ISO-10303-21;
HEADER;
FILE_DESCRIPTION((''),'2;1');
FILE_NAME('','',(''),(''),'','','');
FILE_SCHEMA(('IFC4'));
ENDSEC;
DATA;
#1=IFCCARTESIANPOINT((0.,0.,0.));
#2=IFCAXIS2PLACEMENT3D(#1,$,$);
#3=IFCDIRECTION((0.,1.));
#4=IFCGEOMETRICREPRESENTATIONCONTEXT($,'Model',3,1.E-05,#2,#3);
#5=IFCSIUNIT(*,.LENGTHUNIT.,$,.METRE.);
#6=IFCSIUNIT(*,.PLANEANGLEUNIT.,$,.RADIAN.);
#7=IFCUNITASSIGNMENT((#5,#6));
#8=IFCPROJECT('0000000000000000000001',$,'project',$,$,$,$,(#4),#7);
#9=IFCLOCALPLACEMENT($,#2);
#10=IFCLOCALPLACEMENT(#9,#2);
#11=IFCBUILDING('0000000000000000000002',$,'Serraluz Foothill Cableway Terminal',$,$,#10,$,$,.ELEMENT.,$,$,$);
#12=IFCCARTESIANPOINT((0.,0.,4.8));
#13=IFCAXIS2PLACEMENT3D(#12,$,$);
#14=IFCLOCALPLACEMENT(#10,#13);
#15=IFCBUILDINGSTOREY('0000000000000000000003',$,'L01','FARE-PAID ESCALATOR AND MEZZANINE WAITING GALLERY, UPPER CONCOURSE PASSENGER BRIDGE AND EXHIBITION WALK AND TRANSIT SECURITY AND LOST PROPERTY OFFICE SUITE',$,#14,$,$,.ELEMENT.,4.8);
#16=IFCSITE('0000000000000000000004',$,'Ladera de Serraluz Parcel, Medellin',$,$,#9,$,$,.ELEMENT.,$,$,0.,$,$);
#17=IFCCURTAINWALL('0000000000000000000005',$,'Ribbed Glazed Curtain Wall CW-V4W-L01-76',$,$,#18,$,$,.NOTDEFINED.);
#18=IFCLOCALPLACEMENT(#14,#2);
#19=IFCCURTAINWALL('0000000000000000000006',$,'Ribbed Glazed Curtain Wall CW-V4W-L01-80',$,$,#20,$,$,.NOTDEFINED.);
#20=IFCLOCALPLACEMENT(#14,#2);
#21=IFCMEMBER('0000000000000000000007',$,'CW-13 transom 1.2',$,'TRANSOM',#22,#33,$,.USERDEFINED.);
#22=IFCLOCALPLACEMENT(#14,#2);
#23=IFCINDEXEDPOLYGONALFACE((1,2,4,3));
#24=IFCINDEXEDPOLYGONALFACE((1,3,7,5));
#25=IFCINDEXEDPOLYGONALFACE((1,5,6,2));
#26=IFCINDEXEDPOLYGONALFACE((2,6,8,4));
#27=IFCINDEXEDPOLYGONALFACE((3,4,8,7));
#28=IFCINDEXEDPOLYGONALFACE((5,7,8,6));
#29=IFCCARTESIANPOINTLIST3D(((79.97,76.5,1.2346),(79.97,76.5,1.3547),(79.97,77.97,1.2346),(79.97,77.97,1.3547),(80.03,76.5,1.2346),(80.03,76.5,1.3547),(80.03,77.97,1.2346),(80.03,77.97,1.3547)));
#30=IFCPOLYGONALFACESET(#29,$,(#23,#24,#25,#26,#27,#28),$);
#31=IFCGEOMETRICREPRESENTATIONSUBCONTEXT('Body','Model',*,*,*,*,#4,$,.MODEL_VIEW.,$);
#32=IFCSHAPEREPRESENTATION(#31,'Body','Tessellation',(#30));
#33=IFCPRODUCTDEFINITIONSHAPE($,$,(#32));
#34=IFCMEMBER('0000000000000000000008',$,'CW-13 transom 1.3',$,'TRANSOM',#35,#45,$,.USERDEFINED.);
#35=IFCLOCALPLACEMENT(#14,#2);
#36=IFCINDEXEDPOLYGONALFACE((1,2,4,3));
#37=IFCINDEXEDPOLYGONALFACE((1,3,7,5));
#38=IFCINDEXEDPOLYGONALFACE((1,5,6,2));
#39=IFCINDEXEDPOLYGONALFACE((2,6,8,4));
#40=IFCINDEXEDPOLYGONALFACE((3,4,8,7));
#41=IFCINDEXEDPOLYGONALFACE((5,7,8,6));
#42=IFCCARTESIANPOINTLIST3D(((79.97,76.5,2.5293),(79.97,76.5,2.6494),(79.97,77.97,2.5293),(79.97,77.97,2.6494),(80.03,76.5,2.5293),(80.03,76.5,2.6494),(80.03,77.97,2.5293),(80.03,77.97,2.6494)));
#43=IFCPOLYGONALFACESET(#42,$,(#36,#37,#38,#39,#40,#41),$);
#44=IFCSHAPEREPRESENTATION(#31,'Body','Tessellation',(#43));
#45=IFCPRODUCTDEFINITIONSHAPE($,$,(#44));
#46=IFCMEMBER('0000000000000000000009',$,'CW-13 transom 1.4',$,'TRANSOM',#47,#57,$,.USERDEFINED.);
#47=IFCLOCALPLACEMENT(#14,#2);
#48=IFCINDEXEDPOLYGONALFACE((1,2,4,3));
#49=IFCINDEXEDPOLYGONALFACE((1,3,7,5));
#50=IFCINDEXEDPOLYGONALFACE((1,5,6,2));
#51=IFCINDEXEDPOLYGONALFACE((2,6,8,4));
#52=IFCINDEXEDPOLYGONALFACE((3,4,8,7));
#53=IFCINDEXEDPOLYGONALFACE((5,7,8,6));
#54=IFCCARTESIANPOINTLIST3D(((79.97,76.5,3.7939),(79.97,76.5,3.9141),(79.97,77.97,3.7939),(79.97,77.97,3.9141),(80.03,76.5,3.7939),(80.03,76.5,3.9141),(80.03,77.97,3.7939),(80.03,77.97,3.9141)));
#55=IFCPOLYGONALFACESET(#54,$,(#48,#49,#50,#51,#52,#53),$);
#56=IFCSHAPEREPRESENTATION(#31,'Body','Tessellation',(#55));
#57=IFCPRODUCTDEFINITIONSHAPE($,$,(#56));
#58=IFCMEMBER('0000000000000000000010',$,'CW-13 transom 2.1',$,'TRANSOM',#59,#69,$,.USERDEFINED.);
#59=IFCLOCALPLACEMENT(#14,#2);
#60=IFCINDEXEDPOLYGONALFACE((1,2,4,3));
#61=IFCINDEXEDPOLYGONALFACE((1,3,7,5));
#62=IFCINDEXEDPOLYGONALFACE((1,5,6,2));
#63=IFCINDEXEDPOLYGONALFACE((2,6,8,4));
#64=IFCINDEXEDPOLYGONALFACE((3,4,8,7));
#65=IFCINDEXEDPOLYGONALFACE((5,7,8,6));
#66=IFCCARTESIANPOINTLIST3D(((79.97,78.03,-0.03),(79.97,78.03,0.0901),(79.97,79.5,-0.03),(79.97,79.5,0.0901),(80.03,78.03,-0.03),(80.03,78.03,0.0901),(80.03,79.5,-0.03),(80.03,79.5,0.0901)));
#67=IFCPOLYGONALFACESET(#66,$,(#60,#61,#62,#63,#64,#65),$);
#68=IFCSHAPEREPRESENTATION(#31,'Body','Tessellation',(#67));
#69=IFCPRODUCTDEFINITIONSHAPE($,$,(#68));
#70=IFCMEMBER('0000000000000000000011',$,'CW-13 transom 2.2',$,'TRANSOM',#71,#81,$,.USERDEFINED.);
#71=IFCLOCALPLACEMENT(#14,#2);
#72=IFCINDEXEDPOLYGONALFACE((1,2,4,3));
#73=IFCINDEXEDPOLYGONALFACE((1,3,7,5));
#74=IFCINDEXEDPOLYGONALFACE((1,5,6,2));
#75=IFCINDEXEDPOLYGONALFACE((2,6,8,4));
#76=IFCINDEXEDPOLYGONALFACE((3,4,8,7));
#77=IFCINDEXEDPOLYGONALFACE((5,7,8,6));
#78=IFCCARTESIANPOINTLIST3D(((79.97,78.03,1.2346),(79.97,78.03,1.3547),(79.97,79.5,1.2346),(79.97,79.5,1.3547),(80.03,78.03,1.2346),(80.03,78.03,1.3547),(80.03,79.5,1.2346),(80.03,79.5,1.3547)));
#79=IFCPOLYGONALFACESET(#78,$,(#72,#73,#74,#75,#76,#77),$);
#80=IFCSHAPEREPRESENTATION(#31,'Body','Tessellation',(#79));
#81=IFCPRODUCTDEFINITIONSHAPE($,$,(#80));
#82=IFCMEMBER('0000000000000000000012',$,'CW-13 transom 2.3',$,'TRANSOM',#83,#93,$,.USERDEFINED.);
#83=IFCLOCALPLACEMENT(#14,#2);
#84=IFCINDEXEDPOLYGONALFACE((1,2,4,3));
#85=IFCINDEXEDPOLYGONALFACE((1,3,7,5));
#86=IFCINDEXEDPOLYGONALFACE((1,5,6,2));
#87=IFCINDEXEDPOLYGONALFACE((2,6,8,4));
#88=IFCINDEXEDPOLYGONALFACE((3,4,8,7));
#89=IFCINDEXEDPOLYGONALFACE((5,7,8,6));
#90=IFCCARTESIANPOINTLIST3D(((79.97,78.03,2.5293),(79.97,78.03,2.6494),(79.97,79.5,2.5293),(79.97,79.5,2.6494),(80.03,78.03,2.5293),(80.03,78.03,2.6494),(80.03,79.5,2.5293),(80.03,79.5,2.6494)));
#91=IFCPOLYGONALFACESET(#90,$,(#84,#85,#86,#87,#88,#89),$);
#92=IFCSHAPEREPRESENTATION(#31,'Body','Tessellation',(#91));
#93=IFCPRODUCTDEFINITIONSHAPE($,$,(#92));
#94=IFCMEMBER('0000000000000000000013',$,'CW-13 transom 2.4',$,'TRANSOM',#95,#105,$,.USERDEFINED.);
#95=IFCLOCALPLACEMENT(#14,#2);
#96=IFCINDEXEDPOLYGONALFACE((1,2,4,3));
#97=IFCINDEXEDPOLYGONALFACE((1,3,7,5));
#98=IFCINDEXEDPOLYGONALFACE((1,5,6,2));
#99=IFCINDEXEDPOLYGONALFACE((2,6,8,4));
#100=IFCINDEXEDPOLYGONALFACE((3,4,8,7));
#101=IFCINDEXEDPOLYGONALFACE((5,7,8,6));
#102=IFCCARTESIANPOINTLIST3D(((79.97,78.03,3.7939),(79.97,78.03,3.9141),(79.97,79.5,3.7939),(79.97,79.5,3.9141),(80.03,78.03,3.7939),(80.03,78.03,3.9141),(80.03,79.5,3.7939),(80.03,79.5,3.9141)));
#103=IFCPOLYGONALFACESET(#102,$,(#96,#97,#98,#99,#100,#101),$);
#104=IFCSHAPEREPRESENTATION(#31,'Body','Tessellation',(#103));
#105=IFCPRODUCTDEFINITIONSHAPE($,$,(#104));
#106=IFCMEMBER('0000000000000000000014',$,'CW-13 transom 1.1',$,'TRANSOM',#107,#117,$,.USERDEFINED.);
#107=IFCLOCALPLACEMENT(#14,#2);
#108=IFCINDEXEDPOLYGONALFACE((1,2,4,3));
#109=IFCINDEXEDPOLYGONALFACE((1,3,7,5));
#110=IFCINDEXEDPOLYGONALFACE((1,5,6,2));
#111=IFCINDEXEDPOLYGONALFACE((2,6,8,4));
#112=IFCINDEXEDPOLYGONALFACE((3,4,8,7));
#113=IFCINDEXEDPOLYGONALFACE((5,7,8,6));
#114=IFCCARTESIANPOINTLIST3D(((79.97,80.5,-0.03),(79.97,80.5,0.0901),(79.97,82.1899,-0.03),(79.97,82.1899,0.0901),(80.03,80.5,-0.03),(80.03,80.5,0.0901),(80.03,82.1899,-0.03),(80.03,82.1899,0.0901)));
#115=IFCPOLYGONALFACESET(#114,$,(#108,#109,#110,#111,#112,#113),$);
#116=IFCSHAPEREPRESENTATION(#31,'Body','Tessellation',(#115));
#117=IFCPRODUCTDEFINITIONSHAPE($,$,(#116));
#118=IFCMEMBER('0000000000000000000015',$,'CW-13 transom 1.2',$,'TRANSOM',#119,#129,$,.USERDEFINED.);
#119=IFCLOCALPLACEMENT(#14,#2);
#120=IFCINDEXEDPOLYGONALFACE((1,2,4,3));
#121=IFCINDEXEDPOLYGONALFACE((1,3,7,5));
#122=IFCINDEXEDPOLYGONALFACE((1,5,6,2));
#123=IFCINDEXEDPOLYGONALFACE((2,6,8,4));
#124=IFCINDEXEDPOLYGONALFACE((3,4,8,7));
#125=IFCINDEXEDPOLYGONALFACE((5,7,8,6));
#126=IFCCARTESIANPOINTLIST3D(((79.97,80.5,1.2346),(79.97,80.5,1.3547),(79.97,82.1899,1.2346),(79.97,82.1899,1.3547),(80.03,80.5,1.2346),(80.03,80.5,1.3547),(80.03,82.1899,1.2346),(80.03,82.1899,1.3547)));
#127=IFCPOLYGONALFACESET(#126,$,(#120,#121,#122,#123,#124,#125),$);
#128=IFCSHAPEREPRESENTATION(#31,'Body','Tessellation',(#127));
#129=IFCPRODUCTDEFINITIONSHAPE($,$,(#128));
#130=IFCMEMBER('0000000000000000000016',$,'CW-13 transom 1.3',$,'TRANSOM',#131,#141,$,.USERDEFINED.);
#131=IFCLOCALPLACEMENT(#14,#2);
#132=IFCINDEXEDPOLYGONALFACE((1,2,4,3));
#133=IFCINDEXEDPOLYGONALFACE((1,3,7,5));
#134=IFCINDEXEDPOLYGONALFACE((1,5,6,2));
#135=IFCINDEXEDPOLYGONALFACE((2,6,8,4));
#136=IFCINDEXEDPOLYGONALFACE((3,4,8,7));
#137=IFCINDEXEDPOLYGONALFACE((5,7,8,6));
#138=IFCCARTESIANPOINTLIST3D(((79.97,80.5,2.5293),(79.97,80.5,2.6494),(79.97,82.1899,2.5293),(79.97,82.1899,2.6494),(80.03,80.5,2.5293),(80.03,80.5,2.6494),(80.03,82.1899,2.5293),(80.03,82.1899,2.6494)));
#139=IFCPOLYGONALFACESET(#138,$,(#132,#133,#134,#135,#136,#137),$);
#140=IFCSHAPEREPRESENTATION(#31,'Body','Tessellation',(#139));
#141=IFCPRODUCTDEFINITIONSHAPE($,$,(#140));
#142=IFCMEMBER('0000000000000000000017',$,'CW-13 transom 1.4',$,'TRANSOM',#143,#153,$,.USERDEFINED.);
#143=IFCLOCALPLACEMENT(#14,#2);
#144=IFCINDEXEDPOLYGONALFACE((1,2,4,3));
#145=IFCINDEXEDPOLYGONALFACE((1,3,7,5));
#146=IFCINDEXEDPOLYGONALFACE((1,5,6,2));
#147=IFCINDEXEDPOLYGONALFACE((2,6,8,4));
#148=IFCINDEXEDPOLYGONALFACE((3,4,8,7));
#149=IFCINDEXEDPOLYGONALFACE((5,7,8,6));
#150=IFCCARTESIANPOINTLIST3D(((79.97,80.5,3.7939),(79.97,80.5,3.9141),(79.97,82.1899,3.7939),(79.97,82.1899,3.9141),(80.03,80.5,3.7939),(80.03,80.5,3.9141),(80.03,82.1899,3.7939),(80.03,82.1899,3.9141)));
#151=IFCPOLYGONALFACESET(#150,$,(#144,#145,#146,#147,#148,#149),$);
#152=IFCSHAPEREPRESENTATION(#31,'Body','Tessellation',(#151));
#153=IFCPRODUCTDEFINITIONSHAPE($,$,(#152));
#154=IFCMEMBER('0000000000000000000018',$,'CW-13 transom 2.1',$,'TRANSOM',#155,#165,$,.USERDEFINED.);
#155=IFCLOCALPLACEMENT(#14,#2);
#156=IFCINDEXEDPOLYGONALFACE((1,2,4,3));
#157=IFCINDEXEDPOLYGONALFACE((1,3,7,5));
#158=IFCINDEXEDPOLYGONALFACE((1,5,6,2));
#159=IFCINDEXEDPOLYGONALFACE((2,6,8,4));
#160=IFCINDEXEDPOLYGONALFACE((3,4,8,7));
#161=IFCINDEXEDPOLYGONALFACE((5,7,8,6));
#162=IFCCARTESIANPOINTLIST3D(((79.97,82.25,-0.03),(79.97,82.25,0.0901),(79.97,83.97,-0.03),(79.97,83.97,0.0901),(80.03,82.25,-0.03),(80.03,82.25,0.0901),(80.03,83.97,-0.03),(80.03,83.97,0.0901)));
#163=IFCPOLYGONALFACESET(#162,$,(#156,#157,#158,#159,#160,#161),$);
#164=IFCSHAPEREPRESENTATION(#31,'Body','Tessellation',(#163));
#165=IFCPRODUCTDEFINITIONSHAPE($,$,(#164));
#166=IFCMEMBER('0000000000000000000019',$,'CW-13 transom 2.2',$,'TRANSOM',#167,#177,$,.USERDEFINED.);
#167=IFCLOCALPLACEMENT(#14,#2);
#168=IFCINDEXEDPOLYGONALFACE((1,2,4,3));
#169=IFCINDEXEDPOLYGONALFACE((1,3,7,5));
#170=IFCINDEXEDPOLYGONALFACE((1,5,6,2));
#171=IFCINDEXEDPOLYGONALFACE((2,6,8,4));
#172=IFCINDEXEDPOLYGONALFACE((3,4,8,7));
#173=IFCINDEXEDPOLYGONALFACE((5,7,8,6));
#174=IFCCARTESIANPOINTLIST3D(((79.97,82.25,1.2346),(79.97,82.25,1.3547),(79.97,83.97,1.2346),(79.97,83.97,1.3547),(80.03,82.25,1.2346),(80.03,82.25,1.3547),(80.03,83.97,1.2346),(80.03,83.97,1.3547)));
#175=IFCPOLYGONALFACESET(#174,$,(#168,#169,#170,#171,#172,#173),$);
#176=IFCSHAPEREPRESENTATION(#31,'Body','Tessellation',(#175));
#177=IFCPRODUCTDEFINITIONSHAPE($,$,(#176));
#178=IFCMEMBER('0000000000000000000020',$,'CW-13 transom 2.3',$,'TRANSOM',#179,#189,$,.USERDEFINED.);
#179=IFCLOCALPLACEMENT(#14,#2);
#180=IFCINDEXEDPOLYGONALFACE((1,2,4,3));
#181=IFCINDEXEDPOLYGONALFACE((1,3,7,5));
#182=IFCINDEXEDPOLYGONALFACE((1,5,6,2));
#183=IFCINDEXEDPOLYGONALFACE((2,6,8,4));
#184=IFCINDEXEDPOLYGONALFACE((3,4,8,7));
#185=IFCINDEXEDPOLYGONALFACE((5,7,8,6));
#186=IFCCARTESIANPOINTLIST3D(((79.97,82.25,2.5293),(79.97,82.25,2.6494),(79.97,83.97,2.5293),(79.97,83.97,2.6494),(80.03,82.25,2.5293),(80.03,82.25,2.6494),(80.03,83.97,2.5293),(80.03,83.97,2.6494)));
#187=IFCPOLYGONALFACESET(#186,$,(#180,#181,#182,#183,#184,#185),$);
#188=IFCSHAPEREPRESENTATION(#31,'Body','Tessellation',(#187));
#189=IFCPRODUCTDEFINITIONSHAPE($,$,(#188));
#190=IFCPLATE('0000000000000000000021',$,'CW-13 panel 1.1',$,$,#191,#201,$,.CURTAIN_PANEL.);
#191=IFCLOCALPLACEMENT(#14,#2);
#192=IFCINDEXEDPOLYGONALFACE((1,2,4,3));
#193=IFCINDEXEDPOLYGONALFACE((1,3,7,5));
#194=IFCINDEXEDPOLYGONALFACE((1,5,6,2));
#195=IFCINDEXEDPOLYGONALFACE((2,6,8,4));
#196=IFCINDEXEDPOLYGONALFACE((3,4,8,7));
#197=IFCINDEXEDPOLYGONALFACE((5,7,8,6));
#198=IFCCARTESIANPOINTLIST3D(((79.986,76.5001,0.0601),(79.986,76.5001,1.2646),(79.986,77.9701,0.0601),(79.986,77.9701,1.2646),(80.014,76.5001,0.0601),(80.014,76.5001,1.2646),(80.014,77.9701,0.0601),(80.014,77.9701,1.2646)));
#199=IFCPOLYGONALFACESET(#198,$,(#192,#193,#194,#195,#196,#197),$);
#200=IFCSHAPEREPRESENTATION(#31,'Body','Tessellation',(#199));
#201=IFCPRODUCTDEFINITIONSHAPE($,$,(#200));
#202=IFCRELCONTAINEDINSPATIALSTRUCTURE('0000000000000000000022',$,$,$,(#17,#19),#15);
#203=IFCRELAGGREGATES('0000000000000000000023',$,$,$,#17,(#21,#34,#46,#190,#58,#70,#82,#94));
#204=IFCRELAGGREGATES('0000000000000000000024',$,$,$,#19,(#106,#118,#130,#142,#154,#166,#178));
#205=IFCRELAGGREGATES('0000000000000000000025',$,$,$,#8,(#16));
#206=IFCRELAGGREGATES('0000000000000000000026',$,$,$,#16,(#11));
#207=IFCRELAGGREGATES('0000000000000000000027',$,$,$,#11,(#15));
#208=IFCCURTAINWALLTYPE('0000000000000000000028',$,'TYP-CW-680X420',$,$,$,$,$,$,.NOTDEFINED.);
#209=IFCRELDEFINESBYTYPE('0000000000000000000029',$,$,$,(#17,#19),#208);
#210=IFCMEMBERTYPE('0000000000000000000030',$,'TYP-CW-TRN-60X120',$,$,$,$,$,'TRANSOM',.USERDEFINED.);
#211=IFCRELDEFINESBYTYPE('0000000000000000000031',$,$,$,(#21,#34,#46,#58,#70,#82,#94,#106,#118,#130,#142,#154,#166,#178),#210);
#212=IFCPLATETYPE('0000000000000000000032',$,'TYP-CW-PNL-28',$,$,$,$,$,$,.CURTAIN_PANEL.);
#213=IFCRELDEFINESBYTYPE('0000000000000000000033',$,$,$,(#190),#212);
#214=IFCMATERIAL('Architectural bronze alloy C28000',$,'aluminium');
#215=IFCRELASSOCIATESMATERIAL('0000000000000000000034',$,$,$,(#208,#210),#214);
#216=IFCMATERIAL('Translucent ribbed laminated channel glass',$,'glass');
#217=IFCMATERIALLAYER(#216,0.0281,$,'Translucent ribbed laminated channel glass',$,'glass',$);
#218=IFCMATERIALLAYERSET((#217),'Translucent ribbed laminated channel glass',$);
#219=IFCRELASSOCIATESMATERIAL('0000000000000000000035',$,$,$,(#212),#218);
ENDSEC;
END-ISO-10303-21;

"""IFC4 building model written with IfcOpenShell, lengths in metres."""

from ifc_helpers import new_model, si_unit, direction, frame, origin, origin_2d, place, context, subcontext, project, spatial, rectangle, extrude, material, layer, layer_set, material_profile, profile_set, type_object, element, aggregate, save


model = new_model("IFC4")

# Units and contexts
model_context = context("Model", 3, precision=1e-05, world=origin(), true_north=direction((0.0, 1.0)))
body_context = subcontext(model_context, "Body", "Model", "MODEL_VIEW")
ifc_project = project(units=[si_unit("LENGTHUNIT", "METRE"), si_unit("PLANEANGLEUNIT", "RADIAN")], contexts=[model_context])

# Site, building, storey
site_placement = place(None, origin())
site = spatial("IfcSite", under=ifc_project, at=site_placement, Name="Ladera de Serraluz Parcel, Medellin", CompositionType="ELEMENT", RefElevation=0.0)
building_placement = place(site_placement, origin())
building = spatial("IfcBuilding", under=site, at=building_placement, Name="Serraluz Foothill Cableway Terminal", CompositionType="ELEMENT")
storey_placement = place(building_placement, frame((0.0, 0.0, 4.8)))
storey = spatial("IfcBuildingStorey", under=building, at=storey_placement, Name="L01", Description="FARE-PAID ESCALATOR AND MEZZANINE WAITING GALLERY, UPPER CONCOURSE PASSENGER BRIDGE AND EXHIBITION WALK AND TRANSIT SECURITY AND LOST PROPERTY OFFICE SUITE", CompositionType="ELEMENT", Elevation=4.8)

# Curtain walls
ifc_material_1 = material(Name="Architectural bronze alloy C28000", Category="aluminium")
curtain_wall_type = type_object("IfcCurtainWallType", Name="TYP-CW-680X420", PredefinedType="NOTDEFINED", material=ifc_material_1)
curtain_wall_1_placement = place(storey_placement, origin())
curtain_wall_1 = element("IfcCurtainWall", 1, at=curtain_wall_1_placement, inside=storey, type_object=curtain_wall_type, Name="Ribbed Glazed Curtain Wall CW-V4W-L01-76", PredefinedType="NOTDEFINED")
curtain_wall_2_placement = place(storey_placement, origin())
curtain_wall_2 = element("IfcCurtainWall", 2, at=curtain_wall_2_placement, inside=storey, type_object=curtain_wall_type, Name="Ribbed Glazed Curtain Wall CW-V4W-L01-80", PredefinedType="NOTDEFINED")

# Members
ifc_material_profile_1 = material_profile(ifc_material_1, rectangle(XDim=0.0601, YDim=0.1201, at=origin_2d()), Name="ALU TRANSOM 60x120")
ifc_profile_set_1 = profile_set([ifc_material_profile_1], Name="Architectural bronze alloy C28000")
member_type_1 = type_object("IfcMemberType", Name="TYP-CW-TRN-60X120", ElementType="TRANSOM", PredefinedType="USERDEFINED", material=ifc_profile_set_1)
member_1_placement = place(storey_placement, frame((80.0, 76.5, 1.2947), z_axis=(0.0, 1.0, 0.0), x_axis=(-1.0, 0.0, 0.0)))
member_1 = element("IfcMember", 3, at=member_1_placement, type_object=member_type_1, Name="CW-13 transom 1.2", ObjectType="TRANSOM", PredefinedType="USERDEFINED", context=body_context, shape_type="SweptSolid", body=[
    extrude(rectangle(XDim=0.0601, YDim=0.1201, at=origin_2d()), origin(), (0.0, 0.0, 1.0), 1.47),
])
member_2_placement = place(storey_placement, frame((80.0, 76.5, 2.5894), z_axis=(0.0, 1.0, 0.0), x_axis=(-1.0, 0.0, 0.0)))
member_2 = element("IfcMember", 4, at=member_2_placement, type_object=member_type_1, Name="CW-13 transom 1.3", ObjectType="TRANSOM", PredefinedType="USERDEFINED", context=body_context, shape_type="SweptSolid", body=[
    extrude(rectangle(XDim=0.0601, YDim=0.1201, at=origin_2d()), origin(), (0.0, 0.0, 1.0), 1.47),
])
member_3_placement = place(storey_placement, frame((80.0, 76.5, 3.854), z_axis=(0.0, 1.0, 0.0), x_axis=(-1.0, 0.0, 0.0)))
member_3 = element("IfcMember", 5, at=member_3_placement, type_object=member_type_1, Name="CW-13 transom 1.4", ObjectType="TRANSOM", PredefinedType="USERDEFINED", context=body_context, shape_type="SweptSolid", body=[
    extrude(rectangle(XDim=0.0601, YDim=0.1201, at=origin_2d()), origin(), (0.0, 0.0, 1.0), 1.47),
])
member_4_placement = place(storey_placement, frame((80.0, 78.03, 0.03), z_axis=(0.0, 1.0, 0.0), x_axis=(-1.0, 0.0, 0.0)))
member_4 = element("IfcMember", 6, at=member_4_placement, type_object=member_type_1, Name="CW-13 transom 2.1", ObjectType="TRANSOM", PredefinedType="USERDEFINED", context=body_context, shape_type="SweptSolid", body=[
    extrude(rectangle(XDim=0.0601, YDim=0.1201, at=origin_2d()), origin(), (0.0, 0.0, 1.0), 1.47),
])
member_5_placement = place(storey_placement, frame((80.0, 78.03, 1.2947), z_axis=(0.0, 1.0, 0.0), x_axis=(-1.0, 0.0, 0.0)))
member_5 = element("IfcMember", 7, at=member_5_placement, type_object=member_type_1, Name="CW-13 transom 2.2", ObjectType="TRANSOM", PredefinedType="USERDEFINED", context=body_context, shape_type="SweptSolid", body=[
    extrude(rectangle(XDim=0.0601, YDim=0.1201, at=origin_2d()), origin(), (0.0, 0.0, 1.0), 1.47),
])
member_6_placement = place(storey_placement, frame((80.0, 78.03, 2.5894), z_axis=(0.0, 1.0, 0.0), x_axis=(-1.0, 0.0, 0.0)))
member_6 = element("IfcMember", 8, at=member_6_placement, type_object=member_type_1, Name="CW-13 transom 2.3", ObjectType="TRANSOM", PredefinedType="USERDEFINED", context=body_context, shape_type="SweptSolid", body=[
    extrude(rectangle(XDim=0.0601, YDim=0.1201, at=origin_2d()), origin(), (0.0, 0.0, 1.0), 1.47),
])
member_7_placement = place(storey_placement, frame((80.0, 78.03, 3.854), z_axis=(0.0, 1.0, 0.0), x_axis=(-1.0, 0.0, 0.0)))
member_7 = element("IfcMember", 9, at=member_7_placement, type_object=member_type_1, Name="CW-13 transom 2.4", ObjectType="TRANSOM", PredefinedType="USERDEFINED", context=body_context, shape_type="SweptSolid", body=[
    extrude(rectangle(XDim=0.0601, YDim=0.1201, at=origin_2d()), origin(), (0.0, 0.0, 1.0), 1.47),
])
member_8_placement = place(storey_placement, frame((80.0, 80.5, 0.03), z_axis=(0.0, 1.0, 0.0), x_axis=(-1.0, 0.0, 0.0)))
member_8 = element("IfcMember", 10, at=member_8_placement, type_object=member_type_1, Name="CW-13 transom 1.1", ObjectType="TRANSOM", PredefinedType="USERDEFINED", context=body_context, shape_type="SweptSolid", body=[
    extrude(rectangle(XDim=0.0601, YDim=0.1201, at=origin_2d()), origin(), (0.0, 0.0, 1.0), 1.6899),
])
member_9_placement = place(storey_placement, frame((80.0, 80.5, 1.2947), z_axis=(0.0, 1.0, 0.0), x_axis=(-1.0, 0.0, 0.0)))
member_9 = element("IfcMember", 11, at=member_9_placement, type_object=member_type_1, Name="CW-13 transom 1.2", ObjectType="TRANSOM", PredefinedType="USERDEFINED", context=body_context, shape_type="SweptSolid", body=[
    extrude(rectangle(XDim=0.0601, YDim=0.1201, at=origin_2d()), origin(), (0.0, 0.0, 1.0), 1.6899),
])
member_10_placement = place(storey_placement, frame((80.0, 80.5, 2.5894), z_axis=(0.0, 1.0, 0.0), x_axis=(-1.0, 0.0, 0.0)))
member_10 = element("IfcMember", 12, at=member_10_placement, type_object=member_type_1, Name="CW-13 transom 1.3", ObjectType="TRANSOM", PredefinedType="USERDEFINED", context=body_context, shape_type="SweptSolid", body=[
    extrude(rectangle(XDim=0.0601, YDim=0.1201, at=origin_2d()), origin(), (0.0, 0.0, 1.0), 1.6899),
])
member_11_placement = place(storey_placement, frame((80.0, 80.5, 3.854), z_axis=(0.0, 1.0, 0.0), x_axis=(-1.0, 0.0, 0.0)))
member_11 = element("IfcMember", 13, at=member_11_placement, type_object=member_type_1, Name="CW-13 transom 1.4", ObjectType="TRANSOM", PredefinedType="USERDEFINED", context=body_context, shape_type="SweptSolid", body=[
    extrude(rectangle(XDim=0.0601, YDim=0.1201, at=origin_2d()), origin(), (0.0, 0.0, 1.0), 1.6899),
])
member_12_placement = place(storey_placement, frame((80.0, 82.25, 0.03), z_axis=(0.0, 1.0, 0.0), x_axis=(-1.0, 0.0, 0.0)))
member_12 = element("IfcMember", 14, at=member_12_placement, type_object=member_type_1, Name="CW-13 transom 2.1", ObjectType="TRANSOM", PredefinedType="USERDEFINED", context=body_context, shape_type="SweptSolid", body=[
    extrude(rectangle(XDim=0.0601, YDim=0.1201, at=origin_2d()), origin(), (0.0, 0.0, 1.0), 1.72),
])
member_13_placement = place(storey_placement, frame((80.0, 82.25, 1.2947), z_axis=(0.0, 1.0, 0.0), x_axis=(-1.0, 0.0, 0.0)))
member_13 = element("IfcMember", 15, at=member_13_placement, type_object=member_type_1, Name="CW-13 transom 2.2", ObjectType="TRANSOM", PredefinedType="USERDEFINED", context=body_context, shape_type="SweptSolid", body=[
    extrude(rectangle(XDim=0.0601, YDim=0.1201, at=origin_2d()), origin(), (0.0, 0.0, 1.0), 1.72),
])
member_14_placement = place(storey_placement, frame((80.0, 82.25, 2.5894), z_axis=(0.0, 1.0, 0.0), x_axis=(-1.0, 0.0, 0.0)))
member_14 = element("IfcMember", 16, at=member_14_placement, type_object=member_type_1, Name="CW-13 transom 2.3", ObjectType="TRANSOM", PredefinedType="USERDEFINED", context=body_context, shape_type="SweptSolid", body=[
    extrude(rectangle(XDim=0.0601, YDim=0.1201, at=origin_2d()), origin(), (0.0, 0.0, 1.0), 1.72),
])

# Plate
ifc_material_2 = material(Name="Translucent ribbed laminated channel glass", Category="glass")
ifc_layer = layer(ifc_material_2, 0.0281, Name="Translucent ribbed laminated channel glass", Category="glass")
ifc_layer_set = layer_set([ifc_layer], Name="Translucent ribbed laminated channel glass")
plate_type = type_object("IfcPlateType", Name="TYP-CW-PNL-28", PredefinedType="CURTAIN_PANEL", material=ifc_layer_set)
plate_1_placement = place(storey_placement, frame((80.0, 77.2351, 0.0601), z_axis=(0.0, 0.0, 1.0), x_axis=(0.0, 1.0, 0.0)))
plate_1 = element("IfcPlate", 17, at=plate_1_placement, type_object=plate_type, Name="CW-13 panel 1.1", PredefinedType="CURTAIN_PANEL", context=body_context, shape_type="SweptSolid", body=[
    extrude(rectangle(XDim=1.47, YDim=0.0281, at=origin_2d()), origin(), (0.0, 0.0, 1.0), 1.2046),
])
aggregate(curtain_wall_1, [member_1, member_2, member_3, plate_1, member_4, member_5, member_6, member_7])
aggregate(curtain_wall_2, [member_8, member_9, member_10, member_11, member_12, member_13, member_14])

save(model, "model.ifc")
